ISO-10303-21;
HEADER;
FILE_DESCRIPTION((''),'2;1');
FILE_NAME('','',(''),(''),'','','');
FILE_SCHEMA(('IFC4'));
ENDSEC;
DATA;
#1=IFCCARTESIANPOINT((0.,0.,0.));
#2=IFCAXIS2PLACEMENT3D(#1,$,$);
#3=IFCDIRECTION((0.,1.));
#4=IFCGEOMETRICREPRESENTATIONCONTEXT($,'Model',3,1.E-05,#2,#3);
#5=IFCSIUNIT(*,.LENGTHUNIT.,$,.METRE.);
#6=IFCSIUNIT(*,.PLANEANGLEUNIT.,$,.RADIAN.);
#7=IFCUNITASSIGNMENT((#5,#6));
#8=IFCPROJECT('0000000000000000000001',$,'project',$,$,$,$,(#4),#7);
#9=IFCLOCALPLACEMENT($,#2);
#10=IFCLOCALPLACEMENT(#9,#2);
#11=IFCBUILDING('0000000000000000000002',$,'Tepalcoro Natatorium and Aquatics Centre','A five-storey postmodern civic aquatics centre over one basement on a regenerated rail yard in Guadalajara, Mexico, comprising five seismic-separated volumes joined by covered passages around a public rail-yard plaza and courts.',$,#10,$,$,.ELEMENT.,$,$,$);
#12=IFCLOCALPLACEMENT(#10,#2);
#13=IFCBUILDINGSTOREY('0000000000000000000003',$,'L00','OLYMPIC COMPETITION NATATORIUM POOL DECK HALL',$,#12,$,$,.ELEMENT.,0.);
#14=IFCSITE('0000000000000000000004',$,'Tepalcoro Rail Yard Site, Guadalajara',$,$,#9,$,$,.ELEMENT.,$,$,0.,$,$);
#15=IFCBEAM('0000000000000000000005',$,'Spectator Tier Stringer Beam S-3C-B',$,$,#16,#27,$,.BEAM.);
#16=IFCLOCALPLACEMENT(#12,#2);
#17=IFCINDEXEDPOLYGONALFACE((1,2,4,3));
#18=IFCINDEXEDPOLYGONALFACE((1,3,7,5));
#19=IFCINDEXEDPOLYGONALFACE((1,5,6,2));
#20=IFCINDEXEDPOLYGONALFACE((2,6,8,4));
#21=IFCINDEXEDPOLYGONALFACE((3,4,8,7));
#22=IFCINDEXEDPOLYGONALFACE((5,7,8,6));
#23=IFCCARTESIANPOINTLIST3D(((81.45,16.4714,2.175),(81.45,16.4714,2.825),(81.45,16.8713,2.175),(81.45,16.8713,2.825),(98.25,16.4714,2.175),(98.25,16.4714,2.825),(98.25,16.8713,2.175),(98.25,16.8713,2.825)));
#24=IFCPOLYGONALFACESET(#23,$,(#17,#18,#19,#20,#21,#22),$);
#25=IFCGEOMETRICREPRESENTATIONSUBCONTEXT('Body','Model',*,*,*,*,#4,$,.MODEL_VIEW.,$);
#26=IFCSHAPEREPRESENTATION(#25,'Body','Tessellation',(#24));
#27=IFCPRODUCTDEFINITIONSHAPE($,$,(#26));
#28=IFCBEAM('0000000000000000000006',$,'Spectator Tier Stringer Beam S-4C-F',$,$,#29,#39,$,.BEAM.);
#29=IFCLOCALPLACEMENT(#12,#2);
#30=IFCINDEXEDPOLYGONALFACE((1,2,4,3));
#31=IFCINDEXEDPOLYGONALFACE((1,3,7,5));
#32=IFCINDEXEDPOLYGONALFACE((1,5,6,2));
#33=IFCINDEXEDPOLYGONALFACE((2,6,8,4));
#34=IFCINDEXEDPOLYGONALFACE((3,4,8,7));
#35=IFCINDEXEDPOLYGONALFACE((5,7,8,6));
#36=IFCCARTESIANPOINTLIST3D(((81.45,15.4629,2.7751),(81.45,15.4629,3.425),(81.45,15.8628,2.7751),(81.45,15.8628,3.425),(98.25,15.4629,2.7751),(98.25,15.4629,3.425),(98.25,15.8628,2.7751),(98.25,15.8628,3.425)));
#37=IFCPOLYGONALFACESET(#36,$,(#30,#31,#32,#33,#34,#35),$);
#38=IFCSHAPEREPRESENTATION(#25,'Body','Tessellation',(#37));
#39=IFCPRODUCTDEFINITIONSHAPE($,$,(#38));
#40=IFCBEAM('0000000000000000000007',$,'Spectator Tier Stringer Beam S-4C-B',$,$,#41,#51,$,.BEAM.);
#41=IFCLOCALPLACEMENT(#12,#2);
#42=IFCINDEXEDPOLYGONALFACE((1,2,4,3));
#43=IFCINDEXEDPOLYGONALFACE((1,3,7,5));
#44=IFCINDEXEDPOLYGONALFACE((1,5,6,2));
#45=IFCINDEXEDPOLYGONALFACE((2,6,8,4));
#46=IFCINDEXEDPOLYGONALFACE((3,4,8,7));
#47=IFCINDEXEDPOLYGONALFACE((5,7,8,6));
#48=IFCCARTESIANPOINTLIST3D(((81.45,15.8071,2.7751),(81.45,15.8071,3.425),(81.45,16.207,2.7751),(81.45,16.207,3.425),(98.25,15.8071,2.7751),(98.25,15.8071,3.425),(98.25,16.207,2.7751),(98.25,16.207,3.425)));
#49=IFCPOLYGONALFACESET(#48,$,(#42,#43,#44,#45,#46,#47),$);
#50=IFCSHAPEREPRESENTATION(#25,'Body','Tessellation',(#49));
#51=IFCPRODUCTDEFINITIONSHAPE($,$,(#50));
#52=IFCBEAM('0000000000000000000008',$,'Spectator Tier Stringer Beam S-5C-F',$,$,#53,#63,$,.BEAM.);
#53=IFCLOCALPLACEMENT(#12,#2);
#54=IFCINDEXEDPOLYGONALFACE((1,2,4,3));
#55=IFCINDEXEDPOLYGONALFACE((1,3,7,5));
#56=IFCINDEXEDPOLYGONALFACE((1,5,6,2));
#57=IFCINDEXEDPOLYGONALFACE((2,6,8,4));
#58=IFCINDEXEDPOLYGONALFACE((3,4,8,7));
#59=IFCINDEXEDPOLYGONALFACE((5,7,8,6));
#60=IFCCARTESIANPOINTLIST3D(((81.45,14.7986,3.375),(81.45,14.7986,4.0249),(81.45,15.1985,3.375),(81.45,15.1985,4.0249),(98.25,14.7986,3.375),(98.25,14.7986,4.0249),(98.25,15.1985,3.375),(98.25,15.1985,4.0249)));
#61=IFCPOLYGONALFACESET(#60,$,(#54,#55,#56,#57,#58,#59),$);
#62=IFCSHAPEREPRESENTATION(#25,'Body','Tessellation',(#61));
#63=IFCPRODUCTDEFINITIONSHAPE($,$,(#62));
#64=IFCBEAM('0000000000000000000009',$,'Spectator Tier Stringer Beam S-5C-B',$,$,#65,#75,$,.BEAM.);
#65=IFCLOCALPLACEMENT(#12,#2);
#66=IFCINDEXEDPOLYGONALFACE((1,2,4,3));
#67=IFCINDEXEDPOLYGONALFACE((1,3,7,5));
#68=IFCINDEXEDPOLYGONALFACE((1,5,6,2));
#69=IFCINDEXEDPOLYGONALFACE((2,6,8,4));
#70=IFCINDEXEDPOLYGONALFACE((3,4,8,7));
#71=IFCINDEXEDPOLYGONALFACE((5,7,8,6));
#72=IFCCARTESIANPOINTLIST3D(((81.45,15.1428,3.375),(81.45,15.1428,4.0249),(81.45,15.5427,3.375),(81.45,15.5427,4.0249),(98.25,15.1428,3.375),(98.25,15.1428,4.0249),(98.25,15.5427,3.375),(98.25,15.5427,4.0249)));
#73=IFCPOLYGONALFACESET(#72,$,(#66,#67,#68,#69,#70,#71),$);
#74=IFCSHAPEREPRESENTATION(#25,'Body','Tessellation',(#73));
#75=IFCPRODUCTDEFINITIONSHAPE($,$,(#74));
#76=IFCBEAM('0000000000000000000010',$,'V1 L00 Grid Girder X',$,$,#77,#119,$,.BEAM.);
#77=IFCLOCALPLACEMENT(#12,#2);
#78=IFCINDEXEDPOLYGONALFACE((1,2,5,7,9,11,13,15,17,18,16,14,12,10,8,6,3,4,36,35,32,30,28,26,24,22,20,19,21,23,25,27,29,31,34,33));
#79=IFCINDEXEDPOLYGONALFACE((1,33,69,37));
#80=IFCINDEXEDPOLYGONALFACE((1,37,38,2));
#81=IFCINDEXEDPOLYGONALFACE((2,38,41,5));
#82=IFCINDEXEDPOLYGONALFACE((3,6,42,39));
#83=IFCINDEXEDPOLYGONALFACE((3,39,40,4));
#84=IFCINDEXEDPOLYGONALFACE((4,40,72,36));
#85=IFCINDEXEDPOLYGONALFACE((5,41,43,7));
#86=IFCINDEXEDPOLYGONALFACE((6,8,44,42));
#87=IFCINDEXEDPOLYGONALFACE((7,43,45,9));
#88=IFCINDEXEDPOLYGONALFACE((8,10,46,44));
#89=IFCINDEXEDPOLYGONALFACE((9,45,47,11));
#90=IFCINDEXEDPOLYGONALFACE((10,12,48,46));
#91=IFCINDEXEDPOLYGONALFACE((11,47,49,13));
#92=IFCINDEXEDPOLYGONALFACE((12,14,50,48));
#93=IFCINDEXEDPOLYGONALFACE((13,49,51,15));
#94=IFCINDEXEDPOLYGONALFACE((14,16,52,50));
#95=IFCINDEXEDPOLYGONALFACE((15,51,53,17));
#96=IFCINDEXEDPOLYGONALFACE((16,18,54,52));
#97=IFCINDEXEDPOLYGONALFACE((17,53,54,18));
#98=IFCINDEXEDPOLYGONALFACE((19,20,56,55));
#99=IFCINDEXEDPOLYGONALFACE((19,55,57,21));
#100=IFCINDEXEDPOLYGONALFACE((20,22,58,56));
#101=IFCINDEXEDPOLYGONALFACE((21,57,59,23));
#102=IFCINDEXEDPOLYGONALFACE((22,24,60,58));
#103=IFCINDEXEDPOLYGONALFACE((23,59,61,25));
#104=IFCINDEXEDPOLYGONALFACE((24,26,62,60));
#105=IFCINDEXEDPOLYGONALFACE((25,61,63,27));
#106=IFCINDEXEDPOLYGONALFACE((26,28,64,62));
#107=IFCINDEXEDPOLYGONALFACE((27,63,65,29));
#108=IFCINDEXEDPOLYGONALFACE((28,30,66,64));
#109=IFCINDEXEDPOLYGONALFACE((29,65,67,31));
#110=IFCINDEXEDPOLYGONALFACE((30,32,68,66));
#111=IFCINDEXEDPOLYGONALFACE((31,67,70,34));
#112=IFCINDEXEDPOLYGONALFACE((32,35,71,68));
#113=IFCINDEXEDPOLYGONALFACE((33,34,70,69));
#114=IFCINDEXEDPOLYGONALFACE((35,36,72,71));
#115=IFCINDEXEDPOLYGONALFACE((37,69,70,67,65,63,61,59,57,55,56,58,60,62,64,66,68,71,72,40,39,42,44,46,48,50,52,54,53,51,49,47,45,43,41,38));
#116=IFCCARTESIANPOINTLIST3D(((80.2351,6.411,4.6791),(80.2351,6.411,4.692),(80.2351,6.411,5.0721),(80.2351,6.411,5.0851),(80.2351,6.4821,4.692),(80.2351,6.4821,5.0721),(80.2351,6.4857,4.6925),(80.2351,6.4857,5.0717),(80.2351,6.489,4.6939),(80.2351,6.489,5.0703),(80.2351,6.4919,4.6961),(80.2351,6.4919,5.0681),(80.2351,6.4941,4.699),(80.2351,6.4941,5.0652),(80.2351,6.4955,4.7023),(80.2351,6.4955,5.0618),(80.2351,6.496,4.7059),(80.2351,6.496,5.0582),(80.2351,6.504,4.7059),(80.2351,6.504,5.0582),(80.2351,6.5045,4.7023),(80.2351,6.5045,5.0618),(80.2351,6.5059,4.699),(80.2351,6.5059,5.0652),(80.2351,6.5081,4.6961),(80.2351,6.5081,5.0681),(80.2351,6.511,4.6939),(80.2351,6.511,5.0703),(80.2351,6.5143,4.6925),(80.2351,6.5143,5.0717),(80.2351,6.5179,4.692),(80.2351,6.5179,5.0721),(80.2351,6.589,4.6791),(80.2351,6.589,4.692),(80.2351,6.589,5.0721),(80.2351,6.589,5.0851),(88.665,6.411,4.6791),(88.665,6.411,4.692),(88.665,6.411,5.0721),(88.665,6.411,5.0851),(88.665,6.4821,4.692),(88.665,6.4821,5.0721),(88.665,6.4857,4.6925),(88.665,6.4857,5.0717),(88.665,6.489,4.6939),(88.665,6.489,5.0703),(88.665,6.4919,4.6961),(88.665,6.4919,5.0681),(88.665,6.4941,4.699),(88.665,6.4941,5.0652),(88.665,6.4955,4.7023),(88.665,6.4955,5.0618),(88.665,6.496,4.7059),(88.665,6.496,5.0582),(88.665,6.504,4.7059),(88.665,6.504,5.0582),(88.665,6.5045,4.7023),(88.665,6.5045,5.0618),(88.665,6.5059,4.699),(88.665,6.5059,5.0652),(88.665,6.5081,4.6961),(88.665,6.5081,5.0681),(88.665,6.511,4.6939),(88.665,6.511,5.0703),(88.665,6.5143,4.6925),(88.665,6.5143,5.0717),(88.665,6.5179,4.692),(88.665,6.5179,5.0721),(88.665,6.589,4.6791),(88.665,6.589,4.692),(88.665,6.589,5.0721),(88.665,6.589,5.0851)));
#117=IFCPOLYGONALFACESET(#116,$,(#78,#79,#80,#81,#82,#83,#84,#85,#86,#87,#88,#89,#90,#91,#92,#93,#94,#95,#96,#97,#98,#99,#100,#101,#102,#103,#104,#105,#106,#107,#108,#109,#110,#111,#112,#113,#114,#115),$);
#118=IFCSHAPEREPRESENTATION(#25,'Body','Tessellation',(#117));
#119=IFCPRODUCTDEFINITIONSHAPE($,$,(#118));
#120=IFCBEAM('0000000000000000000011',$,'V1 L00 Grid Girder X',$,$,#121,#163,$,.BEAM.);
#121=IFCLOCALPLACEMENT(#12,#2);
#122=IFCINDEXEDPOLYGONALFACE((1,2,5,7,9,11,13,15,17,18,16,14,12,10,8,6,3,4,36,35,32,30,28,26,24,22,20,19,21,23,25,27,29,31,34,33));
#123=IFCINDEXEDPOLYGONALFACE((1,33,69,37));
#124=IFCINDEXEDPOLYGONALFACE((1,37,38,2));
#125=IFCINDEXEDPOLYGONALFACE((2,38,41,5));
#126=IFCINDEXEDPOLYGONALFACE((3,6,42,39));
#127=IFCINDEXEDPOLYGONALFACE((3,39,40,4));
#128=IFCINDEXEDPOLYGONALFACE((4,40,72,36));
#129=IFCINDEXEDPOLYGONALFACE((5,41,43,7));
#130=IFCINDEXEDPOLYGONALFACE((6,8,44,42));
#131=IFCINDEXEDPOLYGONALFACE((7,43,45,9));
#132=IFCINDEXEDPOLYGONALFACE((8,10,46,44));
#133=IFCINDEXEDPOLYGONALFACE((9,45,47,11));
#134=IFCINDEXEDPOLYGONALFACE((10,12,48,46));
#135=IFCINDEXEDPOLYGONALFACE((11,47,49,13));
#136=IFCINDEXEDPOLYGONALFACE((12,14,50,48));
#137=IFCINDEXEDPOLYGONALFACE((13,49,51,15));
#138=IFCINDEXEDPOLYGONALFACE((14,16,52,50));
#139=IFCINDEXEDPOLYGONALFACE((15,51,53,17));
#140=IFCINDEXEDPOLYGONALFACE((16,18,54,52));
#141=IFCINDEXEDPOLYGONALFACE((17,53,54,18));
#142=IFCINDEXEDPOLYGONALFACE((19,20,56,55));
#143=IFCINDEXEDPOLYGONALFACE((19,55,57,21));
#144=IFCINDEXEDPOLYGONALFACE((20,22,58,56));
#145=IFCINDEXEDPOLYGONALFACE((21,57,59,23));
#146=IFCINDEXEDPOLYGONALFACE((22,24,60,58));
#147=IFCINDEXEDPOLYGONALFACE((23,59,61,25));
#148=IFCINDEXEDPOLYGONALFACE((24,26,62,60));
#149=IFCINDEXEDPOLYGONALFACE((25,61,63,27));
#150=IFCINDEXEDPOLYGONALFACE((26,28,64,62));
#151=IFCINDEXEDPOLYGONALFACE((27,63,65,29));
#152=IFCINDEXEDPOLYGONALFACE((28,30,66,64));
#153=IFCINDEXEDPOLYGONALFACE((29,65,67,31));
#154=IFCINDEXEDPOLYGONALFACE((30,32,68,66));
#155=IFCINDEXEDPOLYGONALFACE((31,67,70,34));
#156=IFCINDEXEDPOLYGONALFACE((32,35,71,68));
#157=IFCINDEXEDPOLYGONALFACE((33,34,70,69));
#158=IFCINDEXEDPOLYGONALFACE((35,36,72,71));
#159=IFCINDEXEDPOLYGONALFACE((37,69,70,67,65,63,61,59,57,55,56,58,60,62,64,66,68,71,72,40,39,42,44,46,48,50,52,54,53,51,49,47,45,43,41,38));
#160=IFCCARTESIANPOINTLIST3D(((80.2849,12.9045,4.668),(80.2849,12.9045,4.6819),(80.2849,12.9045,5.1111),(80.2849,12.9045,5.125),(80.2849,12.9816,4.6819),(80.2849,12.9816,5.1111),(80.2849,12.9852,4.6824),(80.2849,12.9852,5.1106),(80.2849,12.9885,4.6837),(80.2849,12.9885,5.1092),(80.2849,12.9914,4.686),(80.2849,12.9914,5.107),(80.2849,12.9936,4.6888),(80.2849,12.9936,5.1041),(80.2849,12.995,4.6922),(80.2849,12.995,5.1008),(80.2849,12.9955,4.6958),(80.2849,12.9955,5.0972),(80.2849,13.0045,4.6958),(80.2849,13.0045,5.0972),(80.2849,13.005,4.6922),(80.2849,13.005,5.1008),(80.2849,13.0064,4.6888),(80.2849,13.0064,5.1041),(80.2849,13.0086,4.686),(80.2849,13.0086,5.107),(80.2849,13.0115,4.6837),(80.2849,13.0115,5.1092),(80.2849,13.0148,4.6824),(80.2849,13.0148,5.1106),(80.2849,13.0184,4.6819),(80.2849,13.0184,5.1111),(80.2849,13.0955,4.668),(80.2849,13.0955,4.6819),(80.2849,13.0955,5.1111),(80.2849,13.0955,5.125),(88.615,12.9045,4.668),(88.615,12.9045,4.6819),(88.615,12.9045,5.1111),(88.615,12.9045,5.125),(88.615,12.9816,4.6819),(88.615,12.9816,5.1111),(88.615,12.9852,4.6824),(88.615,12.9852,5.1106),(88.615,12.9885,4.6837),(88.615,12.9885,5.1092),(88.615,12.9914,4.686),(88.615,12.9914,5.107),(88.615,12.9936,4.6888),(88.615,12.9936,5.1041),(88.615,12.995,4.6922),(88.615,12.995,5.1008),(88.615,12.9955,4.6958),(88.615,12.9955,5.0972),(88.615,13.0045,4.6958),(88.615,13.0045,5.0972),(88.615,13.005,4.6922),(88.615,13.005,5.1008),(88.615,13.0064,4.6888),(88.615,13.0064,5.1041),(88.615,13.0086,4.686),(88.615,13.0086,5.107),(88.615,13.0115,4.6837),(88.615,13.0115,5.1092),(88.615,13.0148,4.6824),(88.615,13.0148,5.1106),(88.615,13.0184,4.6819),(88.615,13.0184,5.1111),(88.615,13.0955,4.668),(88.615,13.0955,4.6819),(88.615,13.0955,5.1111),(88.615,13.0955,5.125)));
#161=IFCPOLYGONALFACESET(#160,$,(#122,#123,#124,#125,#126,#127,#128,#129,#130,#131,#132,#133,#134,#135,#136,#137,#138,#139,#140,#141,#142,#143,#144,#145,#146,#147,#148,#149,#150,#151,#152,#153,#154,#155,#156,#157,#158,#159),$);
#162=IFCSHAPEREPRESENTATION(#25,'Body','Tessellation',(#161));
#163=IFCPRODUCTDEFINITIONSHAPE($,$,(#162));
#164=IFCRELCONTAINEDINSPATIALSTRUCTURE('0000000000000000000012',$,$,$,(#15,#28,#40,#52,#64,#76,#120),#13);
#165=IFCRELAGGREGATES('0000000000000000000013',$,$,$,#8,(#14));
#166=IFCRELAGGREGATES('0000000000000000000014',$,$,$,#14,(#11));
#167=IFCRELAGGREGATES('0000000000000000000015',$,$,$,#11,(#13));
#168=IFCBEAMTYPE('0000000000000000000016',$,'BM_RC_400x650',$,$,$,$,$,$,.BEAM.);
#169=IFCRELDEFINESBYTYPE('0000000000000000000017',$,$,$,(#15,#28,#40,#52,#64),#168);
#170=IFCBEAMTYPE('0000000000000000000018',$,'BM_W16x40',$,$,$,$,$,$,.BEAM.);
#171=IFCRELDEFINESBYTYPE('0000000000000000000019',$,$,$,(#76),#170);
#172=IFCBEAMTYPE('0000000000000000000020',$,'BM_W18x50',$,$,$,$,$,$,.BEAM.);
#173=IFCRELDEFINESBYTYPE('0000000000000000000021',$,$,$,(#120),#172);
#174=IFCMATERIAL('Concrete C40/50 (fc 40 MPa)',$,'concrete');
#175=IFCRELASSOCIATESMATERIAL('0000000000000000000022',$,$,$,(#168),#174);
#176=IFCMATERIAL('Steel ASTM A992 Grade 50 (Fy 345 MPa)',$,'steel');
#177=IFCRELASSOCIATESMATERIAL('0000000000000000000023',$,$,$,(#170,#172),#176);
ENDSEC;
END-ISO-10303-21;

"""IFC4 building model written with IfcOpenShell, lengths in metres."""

from ifc_helpers import new_model, si_unit, direction, frame, origin, origin_2d, place, context, subcontext, project, spatial, rectangle, i_section, extrude, material, material_profile, profile_set, type_object, element, save


model = new_model("IFC4")

# Units and contexts
model_context = context("Model", 3, precision=1e-05, world=origin(), true_north=direction((0.0, 1.0)))
body_context = subcontext(model_context, "Body", "Model", "MODEL_VIEW")
ifc_project = project(units=[si_unit("LENGTHUNIT", "METRE"), si_unit("PLANEANGLEUNIT", "RADIAN")], contexts=[model_context])

# Site, building, storey
site_placement = place(None, origin())
site = spatial("IfcSite", under=ifc_project, at=site_placement, Name="Tepalcoro Rail Yard Site, Guadalajara", CompositionType="ELEMENT", RefElevation=0.0)
building_placement = place(site_placement, origin())
building = spatial("IfcBuilding", under=site, at=building_placement, Name="Tepalcoro Natatorium and Aquatics Centre", Description="A five-storey postmodern civic aquatics centre over one basement on a regenerated rail yard in Guadalajara, Mexico, comprising five seismic-separated volumes joined by covered passages around a public rail-yard plaza and courts.", CompositionType="ELEMENT")
storey_placement = place(building_placement, origin())
storey = spatial("IfcBuildingStorey", under=building, at=storey_placement, Name="L00", Description="OLYMPIC COMPETITION NATATORIUM POOL DECK HALL", CompositionType="ELEMENT", Elevation=0.0)

# Shared definitions
ifc_material_1 = material(Name="Concrete C40/50 (fc 40 MPa)", Category="concrete")

# Beams
ifc_material_profile_1 = material_profile(ifc_material_1, rectangle(XDim=0.3999, YDim=0.6499, at=origin_2d()), Name="RCB400x650")
ifc_profile_set_1 = profile_set([ifc_material_profile_1], Name="Concrete C40/50 (fc 40 MPa)")
beam_type_1 = type_object("IfcBeamType", Name="BM_RC_400x650", PredefinedType="BEAM", material=ifc_profile_set_1)
for number, where, z_axis, x_axis, name in (
    (1, (81.45, 16.6714, 2.5), (1.0, 0.0, 0.0), (0.0, 1.0, 0.0), "Spectator Tier Stringer Beam S-3C-B"),
    (2, (81.45, 15.6628, 3.1001), (1.0, 0.0, 0.0), (0.0, 1.0, 0.0), "Spectator Tier Stringer Beam S-4C-F"),
    (3, (81.45, 16.0071, 3.1001), (1.0, 0.0, 0.0), (0.0, 1.0, 0.0), "Spectator Tier Stringer Beam S-4C-B"),
    (4, (81.45, 14.9985, 3.7), (1.0, 0.0, 0.0), (0.0, 1.0, 0.0), "Spectator Tier Stringer Beam S-5C-F"),
    (5, (81.45, 15.3428, 3.7), (1.0, 0.0, 0.0), (0.0, 1.0, 0.0), "Spectator Tier Stringer Beam S-5C-B"),
):
    element("IfcBeam", number, at=place(storey_placement, frame(where, z_axis=z_axis, x_axis=x_axis)), inside=storey, type_object=beam_type_1, Name=name, PredefinedType="BEAM", context=body_context, shape_type="SweptSolid", body=[
        extrude(rectangle(XDim=0.3999, YDim=0.6499, at=origin_2d()), origin(), (0.0, 0.0, 1.0), 16.8),
    ])
ifc_material_2 = material(Name="Steel ASTM A992 Grade 50 (Fy 345 MPa)", Category="steel")
ifc_material_profile_2 = material_profile(ifc_material_2, i_section(OverallWidth=0.178, OverallDepth=0.406, WebThickness=0.0081, FlangeThickness=0.0129, FilletRadius=0.0139, at=origin_2d()), Name="W16X40")
ifc_profile_set_2 = profile_set([ifc_material_profile_2], Name="Steel ASTM A992 Grade 50 (Fy 345 MPa)")
beam_type_2 = type_object("IfcBeamType", Name="BM_W16x40", PredefinedType="BEAM", material=ifc_profile_set_2)
beam_1_placement = place(storey_placement, frame((80.2351, 6.5, 4.8821), z_axis=(1.0, 0.0, 0.0), x_axis=(0.0, 1.0, 0.0)))
element("IfcBeam", 6, at=beam_1_placement, inside=storey, type_object=beam_type_2, Name="V1 L00 Grid Girder X", PredefinedType="BEAM", context=body_context, shape_type="SweptSolid", body=[
    extrude(i_section(OverallWidth=0.178, OverallDepth=0.406, WebThickness=0.0081, FlangeThickness=0.0129, FilletRadius=0.0139, at=origin_2d()), origin(), (0.0, 0.0, 1.0), 8.4299),
])
ifc_material_profile_3 = material_profile(ifc_material_2, i_section(OverallWidth=0.1909, OverallDepth=0.457, WebThickness=0.009, FlangeThickness=0.0139, FilletRadius=0.0139, at=origin_2d()), Name="W18X50")
ifc_profile_set_3 = profile_set([ifc_material_profile_3], Name="Steel ASTM A992 Grade 50 (Fy 345 MPa)")
beam_type_3 = type_object("IfcBeamType", Name="BM_W18x50", PredefinedType="BEAM", material=ifc_profile_set_3)
beam_2_placement = place(storey_placement, frame((80.2849, 13.0, 4.8965), z_axis=(1.0, 0.0, 0.0), x_axis=(0.0, 1.0, 0.0)))
element("IfcBeam", 7, at=beam_2_placement, inside=storey, type_object=beam_type_3, Name="V1 L00 Grid Girder X", PredefinedType="BEAM", context=body_context, shape_type="SweptSolid", body=[
    extrude(i_section(OverallWidth=0.1909, OverallDepth=0.457, WebThickness=0.009, FlangeThickness=0.0139, FilletRadius=0.0139, at=origin_2d()), origin(), (0.0, 0.0, 1.0), 8.3301),
])

save(model, "model.ifc")
